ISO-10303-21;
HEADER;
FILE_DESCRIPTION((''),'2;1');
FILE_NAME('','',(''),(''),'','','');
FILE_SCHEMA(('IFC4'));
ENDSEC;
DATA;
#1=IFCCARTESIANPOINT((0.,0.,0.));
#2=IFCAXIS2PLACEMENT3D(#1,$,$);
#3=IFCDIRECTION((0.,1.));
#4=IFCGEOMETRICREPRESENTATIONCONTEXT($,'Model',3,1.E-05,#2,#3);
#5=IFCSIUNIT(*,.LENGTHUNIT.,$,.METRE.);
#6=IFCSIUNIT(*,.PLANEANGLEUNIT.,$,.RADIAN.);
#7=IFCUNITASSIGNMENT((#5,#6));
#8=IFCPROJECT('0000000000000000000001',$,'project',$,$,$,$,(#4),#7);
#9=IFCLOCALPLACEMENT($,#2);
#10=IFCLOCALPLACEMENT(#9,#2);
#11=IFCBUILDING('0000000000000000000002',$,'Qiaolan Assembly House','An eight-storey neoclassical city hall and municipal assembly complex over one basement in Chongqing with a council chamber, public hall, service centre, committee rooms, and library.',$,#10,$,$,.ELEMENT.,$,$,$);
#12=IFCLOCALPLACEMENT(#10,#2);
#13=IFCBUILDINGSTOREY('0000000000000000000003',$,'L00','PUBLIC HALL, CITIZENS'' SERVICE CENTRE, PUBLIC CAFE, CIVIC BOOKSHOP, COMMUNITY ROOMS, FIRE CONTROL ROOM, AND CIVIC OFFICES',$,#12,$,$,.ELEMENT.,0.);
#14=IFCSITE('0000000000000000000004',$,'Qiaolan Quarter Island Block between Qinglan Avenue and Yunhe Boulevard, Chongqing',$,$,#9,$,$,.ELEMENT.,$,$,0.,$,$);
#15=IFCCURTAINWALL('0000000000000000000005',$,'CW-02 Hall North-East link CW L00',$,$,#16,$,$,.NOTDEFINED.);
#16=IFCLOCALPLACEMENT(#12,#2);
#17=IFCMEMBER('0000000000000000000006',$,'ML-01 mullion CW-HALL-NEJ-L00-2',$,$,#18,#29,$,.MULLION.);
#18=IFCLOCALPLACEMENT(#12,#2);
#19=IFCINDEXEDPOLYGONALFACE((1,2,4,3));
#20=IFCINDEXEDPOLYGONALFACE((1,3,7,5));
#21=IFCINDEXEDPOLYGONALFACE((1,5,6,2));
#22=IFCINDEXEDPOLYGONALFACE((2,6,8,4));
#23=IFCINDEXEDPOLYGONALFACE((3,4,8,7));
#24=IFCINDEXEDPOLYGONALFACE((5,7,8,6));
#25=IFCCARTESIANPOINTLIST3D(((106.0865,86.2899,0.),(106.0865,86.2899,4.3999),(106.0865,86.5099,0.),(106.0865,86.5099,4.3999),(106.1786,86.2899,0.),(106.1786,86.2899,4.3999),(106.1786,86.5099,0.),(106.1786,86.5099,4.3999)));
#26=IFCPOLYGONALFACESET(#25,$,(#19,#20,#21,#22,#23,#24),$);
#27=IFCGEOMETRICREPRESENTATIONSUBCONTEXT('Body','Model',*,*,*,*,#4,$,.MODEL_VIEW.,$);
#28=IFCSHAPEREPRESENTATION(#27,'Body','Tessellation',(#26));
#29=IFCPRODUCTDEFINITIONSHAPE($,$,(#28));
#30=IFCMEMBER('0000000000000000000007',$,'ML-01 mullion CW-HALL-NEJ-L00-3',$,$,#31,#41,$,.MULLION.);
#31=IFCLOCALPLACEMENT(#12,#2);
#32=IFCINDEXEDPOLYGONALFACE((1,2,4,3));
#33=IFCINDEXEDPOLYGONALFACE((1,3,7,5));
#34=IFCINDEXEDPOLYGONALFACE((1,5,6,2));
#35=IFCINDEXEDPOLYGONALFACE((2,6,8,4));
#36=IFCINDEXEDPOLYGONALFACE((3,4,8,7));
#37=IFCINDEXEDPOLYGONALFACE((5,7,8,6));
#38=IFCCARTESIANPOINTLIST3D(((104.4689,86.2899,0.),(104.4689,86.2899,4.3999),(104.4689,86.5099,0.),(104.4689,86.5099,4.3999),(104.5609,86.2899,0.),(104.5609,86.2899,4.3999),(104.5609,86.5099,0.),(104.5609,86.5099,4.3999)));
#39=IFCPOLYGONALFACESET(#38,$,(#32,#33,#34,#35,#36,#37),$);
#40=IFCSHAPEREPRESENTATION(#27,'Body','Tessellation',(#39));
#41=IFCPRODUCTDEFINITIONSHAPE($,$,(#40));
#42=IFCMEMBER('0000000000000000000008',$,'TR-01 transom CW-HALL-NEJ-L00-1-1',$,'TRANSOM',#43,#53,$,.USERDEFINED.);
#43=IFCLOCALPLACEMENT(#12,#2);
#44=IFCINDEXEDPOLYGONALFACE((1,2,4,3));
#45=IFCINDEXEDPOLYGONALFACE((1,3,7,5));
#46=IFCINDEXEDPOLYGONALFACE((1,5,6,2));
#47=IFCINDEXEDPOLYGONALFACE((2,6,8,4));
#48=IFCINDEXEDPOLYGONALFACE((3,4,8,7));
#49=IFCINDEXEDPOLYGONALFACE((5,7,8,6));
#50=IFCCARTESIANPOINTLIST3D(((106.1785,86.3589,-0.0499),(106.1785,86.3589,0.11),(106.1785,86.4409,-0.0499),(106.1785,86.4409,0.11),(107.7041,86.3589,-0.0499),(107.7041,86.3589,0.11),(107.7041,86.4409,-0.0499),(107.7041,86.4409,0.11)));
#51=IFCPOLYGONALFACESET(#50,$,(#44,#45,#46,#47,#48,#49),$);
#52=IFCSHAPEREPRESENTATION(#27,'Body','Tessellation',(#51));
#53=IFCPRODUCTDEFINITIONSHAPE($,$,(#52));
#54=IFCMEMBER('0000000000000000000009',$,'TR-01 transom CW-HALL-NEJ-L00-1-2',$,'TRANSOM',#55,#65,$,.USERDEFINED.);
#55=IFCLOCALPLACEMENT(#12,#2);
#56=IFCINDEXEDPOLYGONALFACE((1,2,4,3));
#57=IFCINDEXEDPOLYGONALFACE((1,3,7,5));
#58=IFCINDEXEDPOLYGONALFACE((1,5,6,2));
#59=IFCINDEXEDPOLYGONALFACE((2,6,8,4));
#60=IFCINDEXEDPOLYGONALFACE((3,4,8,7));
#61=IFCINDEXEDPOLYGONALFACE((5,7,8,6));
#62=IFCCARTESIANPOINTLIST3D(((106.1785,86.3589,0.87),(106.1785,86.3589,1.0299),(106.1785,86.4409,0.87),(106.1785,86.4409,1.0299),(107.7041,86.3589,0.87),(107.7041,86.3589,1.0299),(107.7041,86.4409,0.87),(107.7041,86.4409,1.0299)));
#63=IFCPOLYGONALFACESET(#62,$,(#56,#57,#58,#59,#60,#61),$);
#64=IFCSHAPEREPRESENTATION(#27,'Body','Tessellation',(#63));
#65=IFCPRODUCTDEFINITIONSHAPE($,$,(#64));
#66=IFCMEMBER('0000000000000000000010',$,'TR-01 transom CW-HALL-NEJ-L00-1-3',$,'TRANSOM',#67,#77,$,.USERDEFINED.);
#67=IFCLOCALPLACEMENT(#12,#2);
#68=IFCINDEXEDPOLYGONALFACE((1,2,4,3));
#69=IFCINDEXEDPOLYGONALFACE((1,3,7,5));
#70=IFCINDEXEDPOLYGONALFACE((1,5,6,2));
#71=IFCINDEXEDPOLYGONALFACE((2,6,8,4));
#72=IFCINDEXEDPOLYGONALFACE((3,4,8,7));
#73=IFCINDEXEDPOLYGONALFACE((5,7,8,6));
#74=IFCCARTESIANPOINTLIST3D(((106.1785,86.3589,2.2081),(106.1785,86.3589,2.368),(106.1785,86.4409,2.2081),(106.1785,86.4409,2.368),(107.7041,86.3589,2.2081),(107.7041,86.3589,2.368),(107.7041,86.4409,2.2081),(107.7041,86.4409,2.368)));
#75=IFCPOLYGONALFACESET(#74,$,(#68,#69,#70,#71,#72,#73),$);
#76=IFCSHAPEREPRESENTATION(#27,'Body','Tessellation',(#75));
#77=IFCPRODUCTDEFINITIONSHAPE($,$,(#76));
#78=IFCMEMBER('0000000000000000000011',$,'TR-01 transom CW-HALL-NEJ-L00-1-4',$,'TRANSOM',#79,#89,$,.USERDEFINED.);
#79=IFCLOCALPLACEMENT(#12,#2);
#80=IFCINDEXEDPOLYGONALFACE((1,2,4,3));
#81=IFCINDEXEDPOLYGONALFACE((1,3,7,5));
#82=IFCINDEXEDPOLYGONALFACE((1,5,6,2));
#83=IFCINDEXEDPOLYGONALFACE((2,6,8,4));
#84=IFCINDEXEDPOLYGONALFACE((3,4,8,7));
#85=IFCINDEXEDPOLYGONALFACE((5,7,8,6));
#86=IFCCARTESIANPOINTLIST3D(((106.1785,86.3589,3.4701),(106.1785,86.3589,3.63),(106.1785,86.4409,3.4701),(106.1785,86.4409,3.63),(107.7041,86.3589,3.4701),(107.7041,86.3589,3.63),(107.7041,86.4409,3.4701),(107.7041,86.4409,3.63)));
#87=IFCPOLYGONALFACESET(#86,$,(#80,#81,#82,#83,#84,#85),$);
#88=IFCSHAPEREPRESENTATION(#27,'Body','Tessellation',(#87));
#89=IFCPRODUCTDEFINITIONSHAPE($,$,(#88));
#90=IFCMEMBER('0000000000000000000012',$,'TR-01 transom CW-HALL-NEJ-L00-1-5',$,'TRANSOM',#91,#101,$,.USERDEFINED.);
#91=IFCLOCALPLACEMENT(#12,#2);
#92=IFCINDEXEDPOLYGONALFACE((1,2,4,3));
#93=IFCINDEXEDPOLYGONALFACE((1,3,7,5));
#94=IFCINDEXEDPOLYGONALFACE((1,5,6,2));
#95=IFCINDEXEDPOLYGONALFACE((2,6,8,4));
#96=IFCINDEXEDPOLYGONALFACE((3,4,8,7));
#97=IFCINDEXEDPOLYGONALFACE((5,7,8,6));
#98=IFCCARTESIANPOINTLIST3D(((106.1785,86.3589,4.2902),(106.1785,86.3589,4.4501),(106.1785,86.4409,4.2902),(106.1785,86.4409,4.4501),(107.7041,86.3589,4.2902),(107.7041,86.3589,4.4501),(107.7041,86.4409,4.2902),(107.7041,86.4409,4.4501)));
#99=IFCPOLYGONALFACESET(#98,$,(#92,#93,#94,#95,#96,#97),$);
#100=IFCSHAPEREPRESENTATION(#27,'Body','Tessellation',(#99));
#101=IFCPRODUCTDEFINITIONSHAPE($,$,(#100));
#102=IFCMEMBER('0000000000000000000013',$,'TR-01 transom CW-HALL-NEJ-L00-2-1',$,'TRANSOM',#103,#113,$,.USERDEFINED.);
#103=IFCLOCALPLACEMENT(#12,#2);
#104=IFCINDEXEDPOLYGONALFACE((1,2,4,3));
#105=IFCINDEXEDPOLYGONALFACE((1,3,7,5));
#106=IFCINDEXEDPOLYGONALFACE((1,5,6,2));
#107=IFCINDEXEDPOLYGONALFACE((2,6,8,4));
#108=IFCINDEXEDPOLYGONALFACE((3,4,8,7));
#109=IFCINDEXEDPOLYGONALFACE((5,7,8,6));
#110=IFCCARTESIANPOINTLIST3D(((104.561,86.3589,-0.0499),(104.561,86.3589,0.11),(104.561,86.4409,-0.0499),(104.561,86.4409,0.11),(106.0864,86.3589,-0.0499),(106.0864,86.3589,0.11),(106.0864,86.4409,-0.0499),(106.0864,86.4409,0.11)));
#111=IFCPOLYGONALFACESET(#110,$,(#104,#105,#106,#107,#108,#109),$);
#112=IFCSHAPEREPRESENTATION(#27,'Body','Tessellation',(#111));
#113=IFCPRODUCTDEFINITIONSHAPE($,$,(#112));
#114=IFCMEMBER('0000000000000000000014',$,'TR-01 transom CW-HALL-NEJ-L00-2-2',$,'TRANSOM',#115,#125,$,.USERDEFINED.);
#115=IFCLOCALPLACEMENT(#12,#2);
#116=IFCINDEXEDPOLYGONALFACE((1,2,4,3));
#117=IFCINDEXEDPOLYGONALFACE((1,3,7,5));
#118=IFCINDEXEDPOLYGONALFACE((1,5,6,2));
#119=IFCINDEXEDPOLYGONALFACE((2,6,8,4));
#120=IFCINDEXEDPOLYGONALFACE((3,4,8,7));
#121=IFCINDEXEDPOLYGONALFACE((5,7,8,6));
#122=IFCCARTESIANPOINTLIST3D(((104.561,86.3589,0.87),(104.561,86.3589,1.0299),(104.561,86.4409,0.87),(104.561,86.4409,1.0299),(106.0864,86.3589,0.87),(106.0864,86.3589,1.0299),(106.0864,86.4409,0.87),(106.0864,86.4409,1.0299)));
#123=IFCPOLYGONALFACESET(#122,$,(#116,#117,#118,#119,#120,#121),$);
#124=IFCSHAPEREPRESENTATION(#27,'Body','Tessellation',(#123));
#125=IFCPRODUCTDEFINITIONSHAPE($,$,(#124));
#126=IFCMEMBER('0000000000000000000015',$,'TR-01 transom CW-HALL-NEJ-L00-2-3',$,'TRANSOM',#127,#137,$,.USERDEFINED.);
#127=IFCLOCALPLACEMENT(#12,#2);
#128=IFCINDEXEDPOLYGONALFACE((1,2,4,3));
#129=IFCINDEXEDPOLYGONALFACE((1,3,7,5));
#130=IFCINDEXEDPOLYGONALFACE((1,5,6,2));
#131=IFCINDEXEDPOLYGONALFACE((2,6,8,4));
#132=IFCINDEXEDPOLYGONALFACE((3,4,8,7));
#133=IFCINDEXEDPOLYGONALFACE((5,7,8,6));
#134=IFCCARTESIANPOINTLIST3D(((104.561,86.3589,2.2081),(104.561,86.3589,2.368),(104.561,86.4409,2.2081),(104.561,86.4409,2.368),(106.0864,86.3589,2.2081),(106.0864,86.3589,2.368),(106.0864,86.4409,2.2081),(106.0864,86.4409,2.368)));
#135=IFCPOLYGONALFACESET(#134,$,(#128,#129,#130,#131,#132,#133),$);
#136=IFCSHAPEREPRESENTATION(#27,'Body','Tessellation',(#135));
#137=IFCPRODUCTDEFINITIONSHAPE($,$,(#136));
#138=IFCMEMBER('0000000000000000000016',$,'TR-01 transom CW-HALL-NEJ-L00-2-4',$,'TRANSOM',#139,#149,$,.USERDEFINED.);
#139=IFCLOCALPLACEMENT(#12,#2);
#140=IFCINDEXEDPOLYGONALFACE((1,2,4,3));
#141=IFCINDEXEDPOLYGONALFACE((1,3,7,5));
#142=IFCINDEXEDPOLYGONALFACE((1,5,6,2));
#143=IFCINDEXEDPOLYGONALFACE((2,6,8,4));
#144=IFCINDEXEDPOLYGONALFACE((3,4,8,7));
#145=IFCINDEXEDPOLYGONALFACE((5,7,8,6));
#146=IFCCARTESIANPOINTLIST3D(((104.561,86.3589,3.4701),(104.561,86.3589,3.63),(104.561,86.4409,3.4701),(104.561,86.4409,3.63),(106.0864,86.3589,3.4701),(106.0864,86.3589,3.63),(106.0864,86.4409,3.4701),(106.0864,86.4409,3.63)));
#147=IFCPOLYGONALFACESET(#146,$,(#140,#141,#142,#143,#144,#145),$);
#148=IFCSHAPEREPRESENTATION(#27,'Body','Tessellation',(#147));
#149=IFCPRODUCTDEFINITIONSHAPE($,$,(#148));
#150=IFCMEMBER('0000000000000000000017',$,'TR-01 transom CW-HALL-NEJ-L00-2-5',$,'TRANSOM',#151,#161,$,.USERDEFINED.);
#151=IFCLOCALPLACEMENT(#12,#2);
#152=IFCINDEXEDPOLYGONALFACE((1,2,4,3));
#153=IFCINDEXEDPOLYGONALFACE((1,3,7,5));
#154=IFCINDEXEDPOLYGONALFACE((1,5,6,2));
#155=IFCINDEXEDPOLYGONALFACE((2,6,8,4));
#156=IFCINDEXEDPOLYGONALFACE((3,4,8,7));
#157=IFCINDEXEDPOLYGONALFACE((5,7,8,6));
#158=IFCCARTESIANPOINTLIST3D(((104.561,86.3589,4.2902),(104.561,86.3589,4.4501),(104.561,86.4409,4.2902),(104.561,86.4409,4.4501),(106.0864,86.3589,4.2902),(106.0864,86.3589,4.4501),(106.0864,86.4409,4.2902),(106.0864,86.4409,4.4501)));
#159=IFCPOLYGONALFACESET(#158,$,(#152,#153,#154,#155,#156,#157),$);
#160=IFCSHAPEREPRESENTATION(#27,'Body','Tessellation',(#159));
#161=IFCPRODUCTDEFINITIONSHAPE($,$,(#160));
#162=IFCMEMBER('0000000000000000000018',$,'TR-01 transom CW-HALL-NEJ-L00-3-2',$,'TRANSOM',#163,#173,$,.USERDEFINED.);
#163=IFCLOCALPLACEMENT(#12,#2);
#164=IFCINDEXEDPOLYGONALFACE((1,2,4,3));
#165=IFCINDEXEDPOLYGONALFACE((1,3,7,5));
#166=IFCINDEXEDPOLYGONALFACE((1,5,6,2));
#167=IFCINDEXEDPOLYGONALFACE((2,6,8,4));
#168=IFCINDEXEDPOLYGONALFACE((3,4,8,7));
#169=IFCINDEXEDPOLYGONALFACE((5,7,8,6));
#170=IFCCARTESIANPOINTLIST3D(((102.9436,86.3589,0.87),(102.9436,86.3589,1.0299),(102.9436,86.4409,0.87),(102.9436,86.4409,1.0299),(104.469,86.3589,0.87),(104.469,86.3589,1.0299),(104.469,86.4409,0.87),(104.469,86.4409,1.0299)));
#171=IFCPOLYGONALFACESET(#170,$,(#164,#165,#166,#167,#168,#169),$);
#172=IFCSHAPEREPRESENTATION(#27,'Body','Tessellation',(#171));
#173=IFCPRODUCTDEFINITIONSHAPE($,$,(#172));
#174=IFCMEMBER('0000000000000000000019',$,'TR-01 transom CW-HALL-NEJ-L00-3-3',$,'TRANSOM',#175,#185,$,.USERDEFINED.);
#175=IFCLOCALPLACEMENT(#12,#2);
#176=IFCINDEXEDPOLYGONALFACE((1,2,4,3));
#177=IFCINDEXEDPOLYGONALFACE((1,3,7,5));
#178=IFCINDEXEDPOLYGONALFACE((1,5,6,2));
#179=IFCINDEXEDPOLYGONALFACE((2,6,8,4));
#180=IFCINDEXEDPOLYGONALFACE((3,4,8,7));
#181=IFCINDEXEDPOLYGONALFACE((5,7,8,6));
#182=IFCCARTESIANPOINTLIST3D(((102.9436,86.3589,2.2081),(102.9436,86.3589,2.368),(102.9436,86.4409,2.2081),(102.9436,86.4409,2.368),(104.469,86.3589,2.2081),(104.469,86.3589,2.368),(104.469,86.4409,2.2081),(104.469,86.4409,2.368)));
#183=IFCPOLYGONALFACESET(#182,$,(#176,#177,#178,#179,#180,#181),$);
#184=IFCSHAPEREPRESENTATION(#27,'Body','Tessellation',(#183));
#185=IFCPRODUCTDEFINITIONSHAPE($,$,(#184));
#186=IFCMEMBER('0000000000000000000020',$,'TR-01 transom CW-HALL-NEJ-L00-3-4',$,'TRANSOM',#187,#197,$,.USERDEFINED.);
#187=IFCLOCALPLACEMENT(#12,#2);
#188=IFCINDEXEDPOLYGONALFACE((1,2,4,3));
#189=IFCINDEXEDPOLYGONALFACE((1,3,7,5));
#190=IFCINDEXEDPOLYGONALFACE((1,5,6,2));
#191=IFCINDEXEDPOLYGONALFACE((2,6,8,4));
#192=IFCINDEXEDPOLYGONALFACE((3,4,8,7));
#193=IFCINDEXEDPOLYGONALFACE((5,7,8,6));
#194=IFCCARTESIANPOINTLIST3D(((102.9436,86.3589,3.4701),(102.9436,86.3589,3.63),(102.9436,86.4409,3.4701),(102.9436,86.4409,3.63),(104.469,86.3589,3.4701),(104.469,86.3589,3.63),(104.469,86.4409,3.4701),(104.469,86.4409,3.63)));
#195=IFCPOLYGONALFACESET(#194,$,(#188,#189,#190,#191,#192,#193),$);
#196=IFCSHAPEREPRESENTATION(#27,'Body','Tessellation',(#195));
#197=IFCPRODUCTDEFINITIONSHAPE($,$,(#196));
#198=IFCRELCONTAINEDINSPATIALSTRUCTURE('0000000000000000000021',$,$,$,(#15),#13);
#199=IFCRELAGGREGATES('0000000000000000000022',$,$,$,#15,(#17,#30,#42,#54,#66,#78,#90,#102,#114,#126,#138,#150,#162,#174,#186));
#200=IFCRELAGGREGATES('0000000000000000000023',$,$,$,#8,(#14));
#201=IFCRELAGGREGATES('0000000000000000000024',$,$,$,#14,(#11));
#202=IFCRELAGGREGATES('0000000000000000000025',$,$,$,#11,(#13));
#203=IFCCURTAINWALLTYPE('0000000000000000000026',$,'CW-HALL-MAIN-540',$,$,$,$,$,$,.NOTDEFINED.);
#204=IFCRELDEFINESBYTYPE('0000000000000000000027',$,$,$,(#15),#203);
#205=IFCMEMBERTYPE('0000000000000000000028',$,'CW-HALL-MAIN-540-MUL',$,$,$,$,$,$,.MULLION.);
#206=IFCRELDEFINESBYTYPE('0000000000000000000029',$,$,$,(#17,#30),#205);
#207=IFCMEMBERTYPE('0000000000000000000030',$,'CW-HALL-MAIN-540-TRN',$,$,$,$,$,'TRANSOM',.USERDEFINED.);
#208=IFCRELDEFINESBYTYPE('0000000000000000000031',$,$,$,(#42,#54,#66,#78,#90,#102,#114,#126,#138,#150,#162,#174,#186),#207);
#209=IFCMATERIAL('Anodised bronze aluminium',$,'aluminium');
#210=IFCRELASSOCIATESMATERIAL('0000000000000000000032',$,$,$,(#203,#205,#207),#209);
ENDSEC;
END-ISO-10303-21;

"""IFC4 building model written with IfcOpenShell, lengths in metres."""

from ifc_helpers import new_model, si_unit, direction, frame, origin, origin_2d, place, context, subcontext, project, spatial, rectangle, extrude, material, material_profile, profile_set, type_object, element, aggregate, save


model = new_model("IFC4")

# Units and contexts
model_context = context("Model", 3, precision=1e-05, world=origin(), true_north=direction((0.0, 1.0)))
body_context = subcontext(model_context, "Body", "Model", "MODEL_VIEW")
ifc_project = project(units=[si_unit("LENGTHUNIT", "METRE"), si_unit("PLANEANGLEUNIT", "RADIAN")], contexts=[model_context])

# Site, building, storey
site_placement = place(None, origin())
site = spatial("IfcSite", under=ifc_project, at=site_placement, Name="Qiaolan Quarter Island Block between Qinglan Avenue and Yunhe Boulevard, Chongqing", CompositionType="ELEMENT", RefElevation=0.0)
building_placement = place(site_placement, origin())
building = spatial("IfcBuilding", under=site, at=building_placement, Name="Qiaolan Assembly House", Description="An eight-storey neoclassical city hall and municipal assembly complex over one basement in Chongqing with a council chamber, public hall, service centre, committee rooms, and library.", CompositionType="ELEMENT")
storey_placement = place(building_placement, origin())
storey = spatial("IfcBuildingStorey", under=building, at=storey_placement, Name="L00", Description="PUBLIC HALL, CITIZENS' SERVICE CENTRE, PUBLIC CAFE, CIVIC BOOKSHOP, COMMUNITY ROOMS, FIRE CONTROL ROOM, AND CIVIC OFFICES", CompositionType="ELEMENT", Elevation=0.0)

# Curtain wall, members
ifc_material_1 = material(Name="Anodised bronze aluminium", Category="aluminium")
curtain_wall_type = type_object("IfcCurtainWallType", Name="CW-HALL-MAIN-540", PredefinedType="NOTDEFINED", material=ifc_material_1)
curtain_wall_placement = place(storey_placement, origin())
curtain_wall = element("IfcCurtainWall", 1, at=curtain_wall_placement, inside=storey, type_object=curtain_wall_type, Name="CW-02 Hall North-East link CW L00", PredefinedType="NOTDEFINED")
ifc_material_profile_1 = material_profile(ifc_material_1, rectangle(XDim=0.092, YDim=0.22, at=origin_2d()), Name="MUL 92x220")
ifc_profile_set_1 = profile_set([ifc_material_profile_1], Name="Anodised bronze aluminium")
member_type_1 = type_object("IfcMemberType", Name="CW-HALL-MAIN-540-MUL", PredefinedType="MULLION", material=ifc_profile_set_1)
member_1_placement = place(storey_placement, frame((106.1326, 86.3999, 0.0), z_axis=(0.0, 0.0, 1.0), x_axis=(-1.0, 0.0, 0.0)))
member_1 = element("IfcMember", 2, at=member_1_placement, type_object=member_type_1, Name="ML-01 mullion CW-HALL-NEJ-L00-2", PredefinedType="MULLION", context=body_context, shape_type="SweptSolid", body=[
    extrude(rectangle(XDim=0.092, YDim=0.22, at=origin_2d()), origin(), (0.0, 0.0, 1.0), 4.3999),
])
member_2_placement = place(storey_placement, frame((104.5149, 86.3999, 0.0), z_axis=(0.0, 0.0, 1.0), x_axis=(-1.0, 0.0, 0.0)))
member_2 = element("IfcMember", 3, at=member_2_placement, type_object=member_type_1, Name="ML-01 mullion CW-HALL-NEJ-L00-3", PredefinedType="MULLION", context=body_context, shape_type="SweptSolid", body=[
    extrude(rectangle(XDim=0.092, YDim=0.22, at=origin_2d()), origin(), (0.0, 0.0, 1.0), 4.3999),
])
ifc_material_profile_2 = material_profile(ifc_material_1, rectangle(XDim=0.082, YDim=0.1599, at=origin_2d()), Name="TRN 82x160")
ifc_profile_set_2 = profile_set([ifc_material_profile_2], Name="Anodised bronze aluminium")
member_type_2 = type_object("IfcMemberType", Name="CW-HALL-MAIN-540-TRN", ElementType="TRANSOM", PredefinedType="USERDEFINED", material=ifc_profile_set_2)
member_3_placement = place(storey_placement, frame((107.7041, 86.3999, 0.03), z_axis=(-1.0, 0.0, 0.0), x_axis=(0.0, -1.0, 0.0)))
member_3 = element("IfcMember", 4, at=member_3_placement, type_object=member_type_2, Name="TR-01 transom CW-HALL-NEJ-L00-1-1", ObjectType="TRANSOM", PredefinedType="USERDEFINED", context=body_context, shape_type="SweptSolid", body=[
    extrude(rectangle(XDim=0.082, YDim=0.1599, at=origin_2d()), origin(), (0.0, 0.0, 1.0), 1.5256),
])
member_4_placement = place(storey_placement, frame((107.7041, 86.3999, 0.95), z_axis=(-1.0, 0.0, 0.0), x_axis=(0.0, -1.0, 0.0)))
member_4 = element("IfcMember", 5, at=member_4_placement, type_object=member_type_2, Name="TR-01 transom CW-HALL-NEJ-L00-1-2", ObjectType="TRANSOM", PredefinedType="USERDEFINED", context=body_context, shape_type="SweptSolid", body=[
    extrude(rectangle(XDim=0.082, YDim=0.1599, at=origin_2d()), origin(), (0.0, 0.0, 1.0), 1.5256),
])
member_5_placement = place(storey_placement, frame((107.7041, 86.3999, 2.2881), z_axis=(-1.0, 0.0, 0.0), x_axis=(0.0, -1.0, 0.0)))
member_5 = element("IfcMember", 6, at=member_5_placement, type_object=member_type_2, Name="TR-01 transom CW-HALL-NEJ-L00-1-3", ObjectType="TRANSOM", PredefinedType="USERDEFINED", context=body_context, shape_type="SweptSolid", body=[
    extrude(rectangle(XDim=0.082, YDim=0.1599, at=origin_2d()), origin(), (0.0, 0.0, 1.0), 1.5256),
])
member_6_placement = place(storey_placement, frame((107.7041, 86.3999, 3.55), z_axis=(-1.0, 0.0, 0.0), x_axis=(0.0, -1.0, 0.0)))
member_6 = element("IfcMember", 7, at=member_6_placement, type_object=member_type_2, Name="TR-01 transom CW-HALL-NEJ-L00-1-4", ObjectType="TRANSOM", PredefinedType="USERDEFINED", context=body_context, shape_type="SweptSolid", body=[
    extrude(rectangle(XDim=0.082, YDim=0.1599, at=origin_2d()), origin(), (0.0, 0.0, 1.0), 1.5256),
])
member_7_placement = place(storey_placement, frame((107.7041, 86.3999, 4.3701), z_axis=(-1.0, 0.0, 0.0), x_axis=(0.0, -1.0, 0.0)))
member_7 = element("IfcMember", 8, at=member_7_placement, type_object=member_type_2, Name="TR-01 transom CW-HALL-NEJ-L00-1-5", ObjectType="TRANSOM", PredefinedType="USERDEFINED", context=body_context, shape_type="SweptSolid", body=[
    extrude(rectangle(XDim=0.082, YDim=0.1599, at=origin_2d()), origin(), (0.0, 0.0, 1.0), 1.5256),
])
member_8_placement = place(storey_placement, frame((106.0864, 86.3999, 0.03), z_axis=(-1.0, 0.0, 0.0), x_axis=(0.0, -1.0, 0.0)))
member_8 = element("IfcMember", 9, at=member_8_placement, type_object=member_type_2, Name="TR-01 transom CW-HALL-NEJ-L00-2-1", ObjectType="TRANSOM", PredefinedType="USERDEFINED", context=body_context, shape_type="SweptSolid", body=[
    extrude(rectangle(XDim=0.082, YDim=0.1599, at=origin_2d()), origin(), (0.0, 0.0, 1.0), 1.5254),
])
member_9_placement = place(storey_placement, frame((106.0864, 86.3999, 0.95), z_axis=(-1.0, 0.0, 0.0), x_axis=(0.0, -1.0, 0.0)))
member_9 = element("IfcMember", 10, at=member_9_placement, type_object=member_type_2, Name="TR-01 transom CW-HALL-NEJ-L00-2-2", ObjectType="TRANSOM", PredefinedType="USERDEFINED", context=body_context, shape_type="SweptSolid", body=[
    extrude(rectangle(XDim=0.082, YDim=0.1599, at=origin_2d()), origin(), (0.0, 0.0, 1.0), 1.5254),
])
member_10_placement = place(storey_placement, frame((106.0864, 86.3999, 2.2881), z_axis=(-1.0, 0.0, 0.0), x_axis=(0.0, -1.0, 0.0)))
member_10 = element("IfcMember", 11, at=member_10_placement, type_object=member_type_2, Name="TR-01 transom CW-HALL-NEJ-L00-2-3", ObjectType="TRANSOM", PredefinedType="USERDEFINED", context=body_context, shape_type="SweptSolid", body=[
    extrude(rectangle(XDim=0.082, YDim=0.1599, at=origin_2d()), origin(), (0.0, 0.0, 1.0), 1.5254),
])
member_11_placement = place(storey_placement, frame((106.0864, 86.3999, 3.55), z_axis=(-1.0, 0.0, 0.0), x_axis=(0.0, -1.0, 0.0)))
member_11 = element("IfcMember", 12, at=member_11_placement, type_object=member_type_2, Name="TR-01 transom CW-HALL-NEJ-L00-2-4", ObjectType="TRANSOM", PredefinedType="USERDEFINED", context=body_context, shape_type="SweptSolid", body=[
    extrude(rectangle(XDim=0.082, YDim=0.1599, at=origin_2d()), origin(), (0.0, 0.0, 1.0), 1.5254),
])
member_12_placement = place(storey_placement, frame((106.0864, 86.3999, 4.3701), z_axis=(-1.0, 0.0, 0.0), x_axis=(0.0, -1.0, 0.0)))
member_12 = element("IfcMember", 13, at=member_12_placement, type_object=member_type_2, Name="TR-01 transom CW-HALL-NEJ-L00-2-5", ObjectType="TRANSOM", PredefinedType="USERDEFINED", context=body_context, shape_type="SweptSolid", body=[
    extrude(rectangle(XDim=0.082, YDim=0.1599, at=origin_2d()), origin(), (0.0, 0.0, 1.0), 1.5254),
])
member_13_placement = place(storey_placement, frame((104.469, 86.3999, 0.95), z_axis=(-1.0, 0.0, 0.0), x_axis=(0.0, -1.0, 0.0)))
member_13 = element("IfcMember", 14, at=member_13_placement, type_object=member_type_2, Name="TR-01 transom CW-HALL-NEJ-L00-3-2", ObjectType="TRANSOM", PredefinedType="USERDEFINED", context=body_context, shape_type="SweptSolid", body=[
    extrude(rectangle(XDim=0.082, YDim=0.1599, at=origin_2d()), origin(), (0.0, 0.0, 1.0), 1.5254),
])
member_14_placement = place(storey_placement, frame((104.469, 86.3999, 2.2881), z_axis=(-1.0, 0.0, 0.0), x_axis=(0.0, -1.0, 0.0)))
member_14 = element("IfcMember", 15, at=member_14_placement, type_object=member_type_2, Name="TR-01 transom CW-HALL-NEJ-L00-3-3", ObjectType="TRANSOM", PredefinedType="USERDEFINED", context=body_context, shape_type="SweptSolid", body=[
    extrude(rectangle(XDim=0.082, YDim=0.1599, at=origin_2d()), origin(), (0.0, 0.0, 1.0), 1.5254),
])
member_15_placement = place(storey_placement, frame((104.469, 86.3999, 3.55), z_axis=(-1.0, 0.0, 0.0), x_axis=(0.0, -1.0, 0.0)))
member_15 = element("IfcMember", 16, at=member_15_placement, type_object=member_type_2, Name="TR-01 transom CW-HALL-NEJ-L00-3-4", ObjectType="TRANSOM", PredefinedType="USERDEFINED", context=body_context, shape_type="SweptSolid", body=[
    extrude(rectangle(XDim=0.082, YDim=0.1599, at=origin_2d()), origin(), (0.0, 0.0, 1.0), 1.5254),
])

aggregate(curtain_wall, [member_1, member_2, member_3, member_4, member_5, member_6, member_7, member_8, member_9, member_10, member_11, member_12, member_13, member_14, member_15])

save(model, "model.ifc")
